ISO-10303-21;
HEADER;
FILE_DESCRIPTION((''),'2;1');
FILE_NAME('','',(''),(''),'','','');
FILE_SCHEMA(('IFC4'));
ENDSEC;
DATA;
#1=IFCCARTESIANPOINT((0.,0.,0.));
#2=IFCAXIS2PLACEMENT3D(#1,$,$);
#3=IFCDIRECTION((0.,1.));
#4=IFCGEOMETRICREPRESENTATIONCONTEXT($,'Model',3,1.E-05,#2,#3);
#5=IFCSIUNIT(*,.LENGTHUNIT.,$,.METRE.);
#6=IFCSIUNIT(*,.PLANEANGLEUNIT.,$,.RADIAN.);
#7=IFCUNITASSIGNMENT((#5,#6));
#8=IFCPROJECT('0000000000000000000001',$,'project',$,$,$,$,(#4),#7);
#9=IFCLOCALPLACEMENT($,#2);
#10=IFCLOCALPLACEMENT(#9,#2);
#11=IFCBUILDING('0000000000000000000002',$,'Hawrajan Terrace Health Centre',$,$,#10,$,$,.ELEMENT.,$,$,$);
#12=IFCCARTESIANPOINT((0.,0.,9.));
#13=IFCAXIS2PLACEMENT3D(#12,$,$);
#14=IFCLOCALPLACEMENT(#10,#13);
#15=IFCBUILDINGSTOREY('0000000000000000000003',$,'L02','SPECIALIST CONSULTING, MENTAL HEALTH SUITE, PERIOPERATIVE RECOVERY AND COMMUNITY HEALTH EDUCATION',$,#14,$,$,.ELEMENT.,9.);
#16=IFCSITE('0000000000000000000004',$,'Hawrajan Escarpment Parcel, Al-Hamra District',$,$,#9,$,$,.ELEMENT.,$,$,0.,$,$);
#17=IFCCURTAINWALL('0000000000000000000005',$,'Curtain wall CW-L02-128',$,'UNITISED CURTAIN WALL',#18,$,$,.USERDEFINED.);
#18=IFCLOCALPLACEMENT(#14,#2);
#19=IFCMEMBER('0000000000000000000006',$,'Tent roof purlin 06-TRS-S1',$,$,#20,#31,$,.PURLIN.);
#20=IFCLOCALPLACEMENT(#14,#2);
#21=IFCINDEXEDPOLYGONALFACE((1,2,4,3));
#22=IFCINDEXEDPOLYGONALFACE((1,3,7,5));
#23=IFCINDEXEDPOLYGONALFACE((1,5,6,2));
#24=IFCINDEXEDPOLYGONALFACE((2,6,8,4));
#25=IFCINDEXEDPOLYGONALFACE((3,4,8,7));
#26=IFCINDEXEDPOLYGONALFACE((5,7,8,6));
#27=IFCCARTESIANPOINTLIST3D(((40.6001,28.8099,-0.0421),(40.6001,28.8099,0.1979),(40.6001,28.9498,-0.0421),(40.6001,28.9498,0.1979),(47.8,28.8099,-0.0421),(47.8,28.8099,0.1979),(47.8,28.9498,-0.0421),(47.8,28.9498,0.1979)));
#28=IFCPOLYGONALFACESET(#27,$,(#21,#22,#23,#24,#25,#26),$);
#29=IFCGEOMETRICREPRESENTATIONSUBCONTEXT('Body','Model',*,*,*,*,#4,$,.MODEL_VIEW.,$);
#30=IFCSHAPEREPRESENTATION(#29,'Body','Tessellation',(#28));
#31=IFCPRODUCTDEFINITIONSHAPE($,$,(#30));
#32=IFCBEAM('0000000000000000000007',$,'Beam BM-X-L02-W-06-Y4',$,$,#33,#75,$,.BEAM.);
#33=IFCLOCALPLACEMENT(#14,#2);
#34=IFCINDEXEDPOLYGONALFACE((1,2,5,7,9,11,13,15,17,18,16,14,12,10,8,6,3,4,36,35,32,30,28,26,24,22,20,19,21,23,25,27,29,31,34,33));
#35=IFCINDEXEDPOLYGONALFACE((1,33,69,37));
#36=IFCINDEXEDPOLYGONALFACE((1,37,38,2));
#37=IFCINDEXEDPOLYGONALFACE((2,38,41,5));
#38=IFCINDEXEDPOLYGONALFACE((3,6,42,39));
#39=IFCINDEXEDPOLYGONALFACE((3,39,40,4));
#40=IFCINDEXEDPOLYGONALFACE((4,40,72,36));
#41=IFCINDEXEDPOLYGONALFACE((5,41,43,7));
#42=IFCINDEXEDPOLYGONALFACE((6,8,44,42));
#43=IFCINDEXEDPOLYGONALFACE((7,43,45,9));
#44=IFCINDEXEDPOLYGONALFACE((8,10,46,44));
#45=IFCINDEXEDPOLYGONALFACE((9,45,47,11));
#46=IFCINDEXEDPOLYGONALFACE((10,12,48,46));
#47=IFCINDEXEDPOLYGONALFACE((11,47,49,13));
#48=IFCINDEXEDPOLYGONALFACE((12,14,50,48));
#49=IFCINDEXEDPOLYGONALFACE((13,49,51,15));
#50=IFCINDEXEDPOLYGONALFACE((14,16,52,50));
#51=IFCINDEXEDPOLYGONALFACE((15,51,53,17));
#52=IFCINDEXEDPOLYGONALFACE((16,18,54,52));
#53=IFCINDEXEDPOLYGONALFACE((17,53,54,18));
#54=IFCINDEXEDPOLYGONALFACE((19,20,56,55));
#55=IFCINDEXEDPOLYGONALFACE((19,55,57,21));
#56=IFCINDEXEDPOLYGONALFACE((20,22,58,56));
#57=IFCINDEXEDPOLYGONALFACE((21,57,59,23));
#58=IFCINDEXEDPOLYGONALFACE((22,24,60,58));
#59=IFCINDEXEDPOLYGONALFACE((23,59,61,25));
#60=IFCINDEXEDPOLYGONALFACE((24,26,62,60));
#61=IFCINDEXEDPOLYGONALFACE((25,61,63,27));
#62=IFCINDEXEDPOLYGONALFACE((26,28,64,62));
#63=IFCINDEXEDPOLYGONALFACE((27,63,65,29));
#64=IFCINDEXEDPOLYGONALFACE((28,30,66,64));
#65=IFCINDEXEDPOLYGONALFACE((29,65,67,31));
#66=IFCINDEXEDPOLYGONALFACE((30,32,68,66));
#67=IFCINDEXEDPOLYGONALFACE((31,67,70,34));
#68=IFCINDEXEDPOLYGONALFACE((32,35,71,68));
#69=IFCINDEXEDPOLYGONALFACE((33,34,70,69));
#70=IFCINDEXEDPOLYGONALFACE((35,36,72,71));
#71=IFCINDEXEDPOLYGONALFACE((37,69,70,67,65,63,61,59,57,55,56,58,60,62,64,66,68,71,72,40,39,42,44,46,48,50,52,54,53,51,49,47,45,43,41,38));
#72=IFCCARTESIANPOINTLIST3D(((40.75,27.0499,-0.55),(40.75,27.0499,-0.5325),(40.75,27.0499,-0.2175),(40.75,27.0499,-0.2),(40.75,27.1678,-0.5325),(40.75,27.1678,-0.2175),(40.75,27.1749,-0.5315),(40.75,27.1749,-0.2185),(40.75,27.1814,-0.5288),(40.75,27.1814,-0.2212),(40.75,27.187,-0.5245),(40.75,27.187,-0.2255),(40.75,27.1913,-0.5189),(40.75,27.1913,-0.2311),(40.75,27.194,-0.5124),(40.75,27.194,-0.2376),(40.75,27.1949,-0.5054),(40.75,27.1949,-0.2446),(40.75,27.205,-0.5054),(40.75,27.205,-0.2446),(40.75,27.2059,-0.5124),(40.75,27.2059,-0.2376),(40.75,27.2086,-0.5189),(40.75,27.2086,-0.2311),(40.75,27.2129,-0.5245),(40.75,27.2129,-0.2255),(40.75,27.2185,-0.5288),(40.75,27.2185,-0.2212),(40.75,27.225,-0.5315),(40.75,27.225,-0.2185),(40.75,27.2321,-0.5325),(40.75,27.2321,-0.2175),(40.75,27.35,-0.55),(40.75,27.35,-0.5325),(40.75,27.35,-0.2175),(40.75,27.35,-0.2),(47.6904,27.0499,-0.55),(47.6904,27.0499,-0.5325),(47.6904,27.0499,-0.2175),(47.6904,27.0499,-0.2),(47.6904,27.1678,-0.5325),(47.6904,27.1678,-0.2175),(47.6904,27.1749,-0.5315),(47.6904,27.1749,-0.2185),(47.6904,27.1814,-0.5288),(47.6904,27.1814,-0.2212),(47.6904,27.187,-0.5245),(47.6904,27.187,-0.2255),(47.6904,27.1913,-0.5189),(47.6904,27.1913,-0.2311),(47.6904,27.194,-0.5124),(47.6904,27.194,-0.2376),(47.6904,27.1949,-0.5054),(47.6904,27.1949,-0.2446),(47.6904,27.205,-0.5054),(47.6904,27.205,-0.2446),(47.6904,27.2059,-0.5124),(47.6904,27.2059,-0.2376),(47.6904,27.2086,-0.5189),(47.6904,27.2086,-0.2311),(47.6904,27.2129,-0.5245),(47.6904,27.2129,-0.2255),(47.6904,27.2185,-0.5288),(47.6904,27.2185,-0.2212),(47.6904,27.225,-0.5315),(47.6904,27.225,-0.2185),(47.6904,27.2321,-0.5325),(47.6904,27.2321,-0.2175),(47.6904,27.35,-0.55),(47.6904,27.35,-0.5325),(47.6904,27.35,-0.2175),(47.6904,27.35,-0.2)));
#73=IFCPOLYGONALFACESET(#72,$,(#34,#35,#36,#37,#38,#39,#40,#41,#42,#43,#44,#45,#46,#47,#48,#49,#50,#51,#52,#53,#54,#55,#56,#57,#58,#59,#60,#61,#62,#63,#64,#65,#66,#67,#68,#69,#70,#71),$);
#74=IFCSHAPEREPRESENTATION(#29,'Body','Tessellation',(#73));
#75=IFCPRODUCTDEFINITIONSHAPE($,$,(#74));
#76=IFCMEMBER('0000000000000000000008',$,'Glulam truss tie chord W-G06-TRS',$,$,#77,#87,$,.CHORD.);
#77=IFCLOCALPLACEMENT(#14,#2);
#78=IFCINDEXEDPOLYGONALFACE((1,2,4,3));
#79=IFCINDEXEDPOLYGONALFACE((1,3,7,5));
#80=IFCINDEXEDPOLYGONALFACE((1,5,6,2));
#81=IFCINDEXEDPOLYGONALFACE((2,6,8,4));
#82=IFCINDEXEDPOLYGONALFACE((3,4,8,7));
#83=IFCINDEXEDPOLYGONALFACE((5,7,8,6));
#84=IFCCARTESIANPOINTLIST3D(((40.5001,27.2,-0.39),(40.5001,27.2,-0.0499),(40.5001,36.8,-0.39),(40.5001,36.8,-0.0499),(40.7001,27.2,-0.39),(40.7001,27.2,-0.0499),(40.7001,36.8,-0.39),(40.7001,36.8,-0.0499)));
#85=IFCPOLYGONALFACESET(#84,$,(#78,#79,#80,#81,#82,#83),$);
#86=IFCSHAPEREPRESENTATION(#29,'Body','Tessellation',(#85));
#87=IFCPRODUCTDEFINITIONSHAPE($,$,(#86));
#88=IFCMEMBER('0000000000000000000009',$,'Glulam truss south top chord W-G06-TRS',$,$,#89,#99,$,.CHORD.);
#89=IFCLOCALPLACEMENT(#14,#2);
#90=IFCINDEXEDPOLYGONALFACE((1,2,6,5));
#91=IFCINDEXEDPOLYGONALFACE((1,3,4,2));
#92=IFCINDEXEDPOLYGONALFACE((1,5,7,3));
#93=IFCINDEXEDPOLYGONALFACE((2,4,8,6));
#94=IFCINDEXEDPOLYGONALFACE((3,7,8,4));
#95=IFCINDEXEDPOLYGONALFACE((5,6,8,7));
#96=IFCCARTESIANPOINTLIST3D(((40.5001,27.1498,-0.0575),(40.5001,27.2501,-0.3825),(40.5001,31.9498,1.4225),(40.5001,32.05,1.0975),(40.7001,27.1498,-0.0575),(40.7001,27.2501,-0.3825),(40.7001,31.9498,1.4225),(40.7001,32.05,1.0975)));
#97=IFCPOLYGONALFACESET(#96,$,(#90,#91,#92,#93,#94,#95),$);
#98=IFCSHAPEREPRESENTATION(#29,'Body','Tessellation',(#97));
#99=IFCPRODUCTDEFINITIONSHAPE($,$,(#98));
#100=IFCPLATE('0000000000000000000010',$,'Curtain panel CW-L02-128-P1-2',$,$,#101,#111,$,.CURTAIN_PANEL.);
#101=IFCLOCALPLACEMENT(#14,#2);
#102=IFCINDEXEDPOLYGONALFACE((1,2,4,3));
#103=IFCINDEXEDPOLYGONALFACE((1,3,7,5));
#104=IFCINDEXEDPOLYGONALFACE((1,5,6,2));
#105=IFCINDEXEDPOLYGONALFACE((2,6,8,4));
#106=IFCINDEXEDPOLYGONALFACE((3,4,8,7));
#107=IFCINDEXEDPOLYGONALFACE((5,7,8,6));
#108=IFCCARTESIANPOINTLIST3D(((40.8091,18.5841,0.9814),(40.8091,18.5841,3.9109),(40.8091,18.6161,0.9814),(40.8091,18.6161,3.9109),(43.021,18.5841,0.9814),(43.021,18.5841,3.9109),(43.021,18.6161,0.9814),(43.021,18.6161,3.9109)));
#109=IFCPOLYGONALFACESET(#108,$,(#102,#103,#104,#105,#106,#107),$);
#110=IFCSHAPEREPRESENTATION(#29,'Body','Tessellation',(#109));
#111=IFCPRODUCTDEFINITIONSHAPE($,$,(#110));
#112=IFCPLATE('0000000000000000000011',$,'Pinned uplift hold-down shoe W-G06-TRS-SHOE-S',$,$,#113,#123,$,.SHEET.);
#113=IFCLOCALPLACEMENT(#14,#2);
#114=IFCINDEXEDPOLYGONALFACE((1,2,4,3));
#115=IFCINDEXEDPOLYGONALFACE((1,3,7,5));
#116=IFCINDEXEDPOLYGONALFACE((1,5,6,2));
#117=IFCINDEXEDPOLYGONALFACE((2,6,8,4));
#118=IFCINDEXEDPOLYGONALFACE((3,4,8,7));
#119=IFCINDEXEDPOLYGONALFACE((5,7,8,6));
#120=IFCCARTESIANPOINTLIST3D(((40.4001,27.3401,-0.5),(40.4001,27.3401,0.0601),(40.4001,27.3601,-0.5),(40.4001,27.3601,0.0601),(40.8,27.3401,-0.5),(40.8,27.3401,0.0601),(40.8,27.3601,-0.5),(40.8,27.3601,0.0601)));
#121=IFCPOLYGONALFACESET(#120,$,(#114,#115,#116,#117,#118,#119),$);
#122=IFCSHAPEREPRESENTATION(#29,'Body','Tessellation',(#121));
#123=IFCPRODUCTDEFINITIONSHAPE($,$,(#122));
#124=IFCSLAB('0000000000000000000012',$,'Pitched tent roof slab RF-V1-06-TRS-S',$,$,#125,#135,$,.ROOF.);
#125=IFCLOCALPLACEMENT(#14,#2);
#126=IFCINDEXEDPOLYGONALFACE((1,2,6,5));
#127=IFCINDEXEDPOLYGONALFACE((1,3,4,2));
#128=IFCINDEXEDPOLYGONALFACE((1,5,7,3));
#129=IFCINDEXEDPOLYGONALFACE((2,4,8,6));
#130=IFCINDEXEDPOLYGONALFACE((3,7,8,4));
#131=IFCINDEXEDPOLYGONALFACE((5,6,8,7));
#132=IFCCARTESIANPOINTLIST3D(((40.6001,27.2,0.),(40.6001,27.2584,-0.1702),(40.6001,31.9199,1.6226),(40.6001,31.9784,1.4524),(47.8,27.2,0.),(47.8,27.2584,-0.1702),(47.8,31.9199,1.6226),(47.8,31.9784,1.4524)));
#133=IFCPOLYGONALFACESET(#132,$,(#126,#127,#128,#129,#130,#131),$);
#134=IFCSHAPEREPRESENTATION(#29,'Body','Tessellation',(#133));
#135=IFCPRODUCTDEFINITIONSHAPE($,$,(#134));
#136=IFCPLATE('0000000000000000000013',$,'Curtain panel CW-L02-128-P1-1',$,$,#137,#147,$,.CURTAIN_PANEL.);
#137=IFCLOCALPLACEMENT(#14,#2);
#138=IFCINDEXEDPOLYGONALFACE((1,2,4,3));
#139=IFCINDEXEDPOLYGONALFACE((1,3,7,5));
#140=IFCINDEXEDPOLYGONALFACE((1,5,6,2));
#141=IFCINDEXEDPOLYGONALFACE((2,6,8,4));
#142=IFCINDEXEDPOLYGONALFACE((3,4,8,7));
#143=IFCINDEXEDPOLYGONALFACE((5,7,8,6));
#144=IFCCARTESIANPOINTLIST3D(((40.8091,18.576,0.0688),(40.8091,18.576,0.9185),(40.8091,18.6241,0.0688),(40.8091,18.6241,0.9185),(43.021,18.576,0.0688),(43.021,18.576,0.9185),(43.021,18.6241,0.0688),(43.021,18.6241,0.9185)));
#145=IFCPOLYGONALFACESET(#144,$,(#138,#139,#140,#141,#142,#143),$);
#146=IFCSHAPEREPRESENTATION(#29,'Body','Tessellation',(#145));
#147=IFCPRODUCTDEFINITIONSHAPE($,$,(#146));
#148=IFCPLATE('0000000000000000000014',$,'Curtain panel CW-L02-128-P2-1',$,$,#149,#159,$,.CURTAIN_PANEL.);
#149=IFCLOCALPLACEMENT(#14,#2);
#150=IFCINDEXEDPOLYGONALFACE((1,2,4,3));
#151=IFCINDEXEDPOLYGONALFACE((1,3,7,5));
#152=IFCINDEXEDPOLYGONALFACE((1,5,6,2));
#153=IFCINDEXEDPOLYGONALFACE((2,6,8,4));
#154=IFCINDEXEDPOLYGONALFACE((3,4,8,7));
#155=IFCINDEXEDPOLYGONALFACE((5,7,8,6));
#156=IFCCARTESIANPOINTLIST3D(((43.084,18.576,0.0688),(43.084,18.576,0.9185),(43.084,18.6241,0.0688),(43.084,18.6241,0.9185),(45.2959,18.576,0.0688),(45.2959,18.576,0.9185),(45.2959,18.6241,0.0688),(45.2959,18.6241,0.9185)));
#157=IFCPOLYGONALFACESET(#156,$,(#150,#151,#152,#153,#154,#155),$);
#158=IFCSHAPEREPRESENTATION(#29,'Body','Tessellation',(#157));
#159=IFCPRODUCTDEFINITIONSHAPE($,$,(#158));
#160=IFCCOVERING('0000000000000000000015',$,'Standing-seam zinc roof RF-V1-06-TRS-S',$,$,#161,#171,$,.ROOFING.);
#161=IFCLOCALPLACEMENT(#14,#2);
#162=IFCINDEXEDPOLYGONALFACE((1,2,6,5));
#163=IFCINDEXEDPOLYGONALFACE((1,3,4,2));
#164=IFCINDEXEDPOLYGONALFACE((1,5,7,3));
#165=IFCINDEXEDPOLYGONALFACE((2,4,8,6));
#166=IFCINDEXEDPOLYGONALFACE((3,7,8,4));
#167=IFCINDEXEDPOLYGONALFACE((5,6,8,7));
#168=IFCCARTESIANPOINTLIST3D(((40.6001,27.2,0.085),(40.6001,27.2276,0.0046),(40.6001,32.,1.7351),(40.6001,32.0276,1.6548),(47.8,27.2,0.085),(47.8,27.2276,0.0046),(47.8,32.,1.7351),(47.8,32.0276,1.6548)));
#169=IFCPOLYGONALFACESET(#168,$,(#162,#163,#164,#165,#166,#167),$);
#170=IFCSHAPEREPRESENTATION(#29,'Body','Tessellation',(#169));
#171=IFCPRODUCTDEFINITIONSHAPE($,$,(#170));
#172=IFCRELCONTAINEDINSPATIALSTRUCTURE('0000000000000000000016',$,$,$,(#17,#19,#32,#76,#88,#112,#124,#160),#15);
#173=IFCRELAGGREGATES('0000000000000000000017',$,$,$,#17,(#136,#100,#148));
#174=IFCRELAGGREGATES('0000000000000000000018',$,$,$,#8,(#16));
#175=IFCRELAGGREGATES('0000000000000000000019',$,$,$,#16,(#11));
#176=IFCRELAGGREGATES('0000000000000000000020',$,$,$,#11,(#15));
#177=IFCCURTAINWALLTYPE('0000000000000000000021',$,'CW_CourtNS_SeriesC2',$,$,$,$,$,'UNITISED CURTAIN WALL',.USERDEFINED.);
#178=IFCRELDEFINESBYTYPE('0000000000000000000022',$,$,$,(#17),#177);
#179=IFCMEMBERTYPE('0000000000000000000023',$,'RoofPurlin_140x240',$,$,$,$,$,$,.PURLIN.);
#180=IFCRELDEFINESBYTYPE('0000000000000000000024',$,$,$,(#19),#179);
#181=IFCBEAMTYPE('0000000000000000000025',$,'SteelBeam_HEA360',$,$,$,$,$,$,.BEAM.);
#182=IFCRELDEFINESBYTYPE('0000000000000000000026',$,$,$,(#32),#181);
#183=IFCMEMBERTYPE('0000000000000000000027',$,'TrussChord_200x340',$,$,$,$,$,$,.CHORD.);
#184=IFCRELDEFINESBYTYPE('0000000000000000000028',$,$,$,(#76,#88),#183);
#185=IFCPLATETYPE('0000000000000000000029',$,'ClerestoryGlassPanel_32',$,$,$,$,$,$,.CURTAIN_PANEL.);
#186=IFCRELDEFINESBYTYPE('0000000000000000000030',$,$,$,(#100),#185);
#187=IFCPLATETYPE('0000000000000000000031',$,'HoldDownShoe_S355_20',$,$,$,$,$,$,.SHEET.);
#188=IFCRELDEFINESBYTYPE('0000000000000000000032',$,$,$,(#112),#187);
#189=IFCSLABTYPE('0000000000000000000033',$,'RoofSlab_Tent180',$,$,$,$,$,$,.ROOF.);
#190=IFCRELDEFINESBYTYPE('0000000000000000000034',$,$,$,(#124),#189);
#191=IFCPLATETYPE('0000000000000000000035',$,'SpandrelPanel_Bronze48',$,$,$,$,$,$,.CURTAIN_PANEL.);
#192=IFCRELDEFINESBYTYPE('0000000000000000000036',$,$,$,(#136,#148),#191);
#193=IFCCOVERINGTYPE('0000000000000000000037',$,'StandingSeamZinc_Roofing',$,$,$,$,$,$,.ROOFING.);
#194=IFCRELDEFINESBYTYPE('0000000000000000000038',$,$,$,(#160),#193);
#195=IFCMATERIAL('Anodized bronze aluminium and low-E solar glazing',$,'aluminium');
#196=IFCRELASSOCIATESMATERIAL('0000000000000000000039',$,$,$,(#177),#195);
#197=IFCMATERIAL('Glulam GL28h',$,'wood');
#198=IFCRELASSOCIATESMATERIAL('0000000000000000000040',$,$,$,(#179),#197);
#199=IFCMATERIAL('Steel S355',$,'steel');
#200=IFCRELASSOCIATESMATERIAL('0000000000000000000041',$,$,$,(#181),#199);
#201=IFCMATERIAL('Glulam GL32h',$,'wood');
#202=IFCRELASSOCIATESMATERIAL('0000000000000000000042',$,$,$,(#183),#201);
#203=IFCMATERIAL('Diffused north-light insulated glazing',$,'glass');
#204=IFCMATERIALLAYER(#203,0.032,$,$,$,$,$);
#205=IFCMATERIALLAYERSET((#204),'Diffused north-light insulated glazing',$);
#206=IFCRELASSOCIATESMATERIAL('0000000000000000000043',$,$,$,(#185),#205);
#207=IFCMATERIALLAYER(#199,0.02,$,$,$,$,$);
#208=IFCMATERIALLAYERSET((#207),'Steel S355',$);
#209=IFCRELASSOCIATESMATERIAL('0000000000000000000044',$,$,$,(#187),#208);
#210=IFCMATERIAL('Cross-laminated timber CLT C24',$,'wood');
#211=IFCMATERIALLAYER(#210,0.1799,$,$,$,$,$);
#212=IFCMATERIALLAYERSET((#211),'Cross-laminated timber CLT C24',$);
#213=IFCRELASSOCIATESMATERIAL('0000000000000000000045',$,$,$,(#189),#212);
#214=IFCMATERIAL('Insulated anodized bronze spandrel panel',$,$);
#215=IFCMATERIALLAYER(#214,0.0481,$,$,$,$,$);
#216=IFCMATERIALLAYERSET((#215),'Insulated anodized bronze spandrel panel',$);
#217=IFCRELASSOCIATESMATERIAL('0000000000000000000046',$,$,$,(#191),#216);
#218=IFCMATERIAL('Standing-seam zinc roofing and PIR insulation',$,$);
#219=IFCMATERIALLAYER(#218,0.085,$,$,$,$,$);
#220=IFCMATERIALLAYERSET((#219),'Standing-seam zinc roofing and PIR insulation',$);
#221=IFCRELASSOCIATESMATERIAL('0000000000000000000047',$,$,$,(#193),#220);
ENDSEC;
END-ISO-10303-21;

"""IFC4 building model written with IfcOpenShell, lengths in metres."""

from ifc_helpers import new_model, si_unit, direction, frame, origin, origin_2d, place, context, subcontext, project, spatial, polyline, rectangle, i_section, outline, extrude, material, layer, layer_set, material_profile, profile_set, type_object, element, aggregate, save


model = new_model("IFC4")

# Units and contexts
model_context = context("Model", 3, precision=1e-05, world=origin(), true_north=direction((0.0, 1.0)))
body_context = subcontext(model_context, "Body", "Model", "MODEL_VIEW")
ifc_project = project(units=[si_unit("LENGTHUNIT", "METRE"), si_unit("PLANEANGLEUNIT", "RADIAN")], contexts=[model_context])

# Site, building, storey
site_placement = place(None, origin())
site = spatial("IfcSite", under=ifc_project, at=site_placement, Name="Hawrajan Escarpment Parcel, Al-Hamra District", CompositionType="ELEMENT", RefElevation=0.0)
building_placement = place(site_placement, origin())
building = spatial("IfcBuilding", under=site, at=building_placement, Name="Hawrajan Terrace Health Centre", CompositionType="ELEMENT")
storey_placement = place(building_placement, frame((0.0, 0.0, 9.0)))
storey = spatial("IfcBuildingStorey", under=building, at=storey_placement, Name="L02", Description="SPECIALIST CONSULTING, MENTAL HEALTH SUITE, PERIOPERATIVE RECOVERY AND COMMUNITY HEALTH EDUCATION", CompositionType="ELEMENT", Elevation=9.0)

# Shared definitions
ifc_material_1 = material(Name="Glulam GL32h", Category="wood")

# Shared definitions
ifc_material_2 = material(Name="Anodized bronze aluminium and low-E solar glazing", Category="aluminium")

# Curtain wall
curtain_wall_type_1 = type_object("IfcCurtainWallType", Name="CW_CourtNS_SeriesC2", ElementType="UNITISED CURTAIN WALL", PredefinedType="USERDEFINED", material=ifc_material_2)
curtain_wall_1_placement = place(storey_placement, origin())
curtain_wall_1 = element("IfcCurtainWall", 1, at=curtain_wall_1_placement, inside=storey, type_object=curtain_wall_type_1, Name="Curtain wall CW-L02-128", ObjectType="UNITISED CURTAIN WALL", PredefinedType="USERDEFINED")

# Member
ifc_material_3 = material(Name="Glulam GL28h", Category="wood")
ifc_material_profile_1 = material_profile(ifc_material_3, rectangle(XDim=0.1399, YDim=0.24, at=origin_2d()), Name="GL PUR 140x240")
ifc_profile_set_1 = profile_set([ifc_material_profile_1], Name="Glulam GL28h")
member_type_1 = type_object("IfcMemberType", Name="RoofPurlin_140x240", PredefinedType="PURLIN", material=ifc_profile_set_1)
member_1_placement = place(storey_placement, frame((40.6001, 28.8799, 0.0779), z_axis=(1.0, 0.0, 0.0), x_axis=(0.0, 1.0, 0.0)))
element("IfcMember", 2, at=member_1_placement, inside=storey, type_object=member_type_1, Name="Tent roof purlin 06-TRS-S1", PredefinedType="PURLIN", context=body_context, shape_type="SweptSolid", body=[
    extrude(rectangle(XDim=0.1399, YDim=0.24, at=origin_2d()), origin(), (0.0, 0.0, 1.0), 7.2),
])

# Beam
ifc_material_4 = material(Name="Steel S355", Category="steel")
ifc_material_profile_2 = material_profile(ifc_material_4, i_section(OverallWidth=0.3, OverallDepth=0.3501, WebThickness=0.01, FlangeThickness=0.0176, FilletRadius=0.0271, at=origin_2d()), Name="HEA 360")
ifc_profile_set_2 = profile_set([ifc_material_profile_2], Name="Steel S355")
beam_type_1 = type_object("IfcBeamType", Name="SteelBeam_HEA360", PredefinedType="BEAM", material=ifc_profile_set_2)
beam_1_placement = place(storey_placement, frame((40.75, 27.2, -0.375), z_axis=(1.0, 0.0, 0.0), x_axis=(0.0, 1.0, 0.0)))
element("IfcBeam", 3, at=beam_1_placement, inside=storey, type_object=beam_type_1, Name="Beam BM-X-L02-W-06-Y4", PredefinedType="BEAM", context=body_context, shape_type="SweptSolid", body=[
    extrude(i_section(OverallWidth=0.3, OverallDepth=0.3501, WebThickness=0.01, FlangeThickness=0.0176, FilletRadius=0.0271, at=origin_2d()), origin(), (0.0, 0.0, 1.0), 6.9404),
])

# Members
ifc_material_profile_3 = material_profile(ifc_material_1, rectangle(XDim=0.2, YDim=0.3401, at=origin_2d()), Name="GL CHD 200x340")
ifc_profile_set_3 = profile_set([ifc_material_profile_3], Name="Glulam GL32h")
member_type_2 = type_object("IfcMemberType", Name="TrussChord_200x340", PredefinedType="CHORD", material=ifc_profile_set_3)
member_2_placement = place(storey_placement, frame((40.6001, 27.2, -0.22), z_axis=(0.0, 1.0, 0.0), x_axis=(-1.0, 0.0, 0.0)))
element("IfcMember", 4, at=member_2_placement, inside=storey, type_object=member_type_2, Name="Glulam truss tie chord W-G06-TRS", PredefinedType="CHORD", context=body_context, shape_type="SweptSolid", body=[
    extrude(rectangle(XDim=0.2, YDim=0.3401, at=origin_2d()), origin(), (0.0, 0.0, 1.0), 9.6001),
])
member_3_placement = place(storey_placement, frame((40.6001, 27.2, -0.22), z_axis=(0.0, 0.955609, 0.294639), x_axis=(-1.0, 0.0, 0.0)))
element("IfcMember", 5, at=member_3_placement, inside=storey, type_object=member_type_2, Name="Glulam truss south top chord W-G06-TRS", PredefinedType="CHORD", context=body_context, shape_type="SweptSolid", body=[
    extrude(rectangle(XDim=0.2, YDim=0.3401, at=origin_2d()), origin(), (0.0, 0.0, 1.0), 5.0229),
])

# Plates
ifc_material_5 = material(Name="Diffused north-light insulated glazing", Category="glass")
ifc_layer_1 = layer(ifc_material_5, 0.032)
ifc_layer_set_1 = layer_set([ifc_layer_1], Name="Diffused north-light insulated glazing")
plate_type_1 = type_object("IfcPlateType", Name="ClerestoryGlassPanel_32", PredefinedType="CURTAIN_PANEL", material=ifc_layer_set_1)
plate_1_placement = place(storey_placement, frame((41.915, 18.6001, 0.9814), z_axis=(0.0, 0.0, 1.0), x_axis=(1.0, 0.0, 0.0)))
plate_1 = element("IfcPlate", 6, at=plate_1_placement, type_object=plate_type_1, Name="Curtain panel CW-L02-128-P1-2", PredefinedType="CURTAIN_PANEL", context=body_context, shape_type="SweptSolid", body=[
    extrude(rectangle(XDim=2.2119, YDim=0.032, at=origin_2d()), origin(), (0.0, 0.0, 1.0), 2.9294),
])
ifc_layer_2 = layer(ifc_material_4, 0.02)
ifc_layer_set_2 = layer_set([ifc_layer_2], Name="Steel S355")
plate_type_2 = type_object("IfcPlateType", Name="HoldDownShoe_S355_20", PredefinedType="SHEET", material=ifc_layer_set_2)
plate_2_placement = place(storey_placement, frame((40.6001, 27.3501, -0.5), z_axis=(0.0, 0.0, 1.0), x_axis=(1.0, 0.0, 0.0)))
element("IfcPlate", 7, at=plate_2_placement, inside=storey, type_object=plate_type_2, Name="Pinned uplift hold-down shoe W-G06-TRS-SHOE-S", PredefinedType="SHEET", context=body_context, shape_type="SweptSolid", body=[
    extrude(rectangle(XDim=0.3999, YDim=0.02, at=origin_2d()), origin(), (0.0, 0.0, 1.0), 0.5601),
])

# Slab
ifc_material_6 = material(Name="Cross-laminated timber CLT C24", Category="wood")
ifc_layer_3 = layer(ifc_material_6, 0.1799)
ifc_layer_set_3 = layer_set([ifc_layer_3], Name="Cross-laminated timber CLT C24")
slab_type = type_object("IfcSlabType", Name="RoofSlab_Tent180", PredefinedType="ROOF", material=ifc_layer_set_3)
slab_placement = place(storey_placement, frame((40.6001, 27.2, 0.0), z_axis=(0.0, -0.325092, 0.945682), x_axis=(1.0, 0.0, 0.0)))
element("IfcSlab", 8, at=slab_placement, inside=storey, type_object=slab_type, Name="Pitched tent roof slab RF-V1-06-TRS-S", PredefinedType="ROOF", context=body_context, shape_type="SweptSolid", body=[
    extrude(outline(polyline([(0.0, 0.0), (7.2, 0.0), (7.2, 4.9911), (0.0, 4.9911), (0.0, 0.0)])), origin(), (0.0, 0.0, -1.0), 0.1799),
])

# Plates
ifc_material_7 = material(Name="Insulated anodized bronze spandrel panel")
ifc_layer_4 = layer(ifc_material_7, 0.0481)
ifc_layer_set_4 = layer_set([ifc_layer_4], Name="Insulated anodized bronze spandrel panel")
plate_type_3 = type_object("IfcPlateType", Name="SpandrelPanel_Bronze48", PredefinedType="CURTAIN_PANEL", material=ifc_layer_set_4)
plate_3_placement = place(storey_placement, frame((41.915, 18.6001, 0.0688), z_axis=(0.0, 0.0, 1.0), x_axis=(1.0, 0.0, 0.0)))
plate_3 = element("IfcPlate", 9, at=plate_3_placement, type_object=plate_type_3, Name="Curtain panel CW-L02-128-P1-1", PredefinedType="CURTAIN_PANEL", context=body_context, shape_type="SweptSolid", body=[
    extrude(rectangle(XDim=2.2119, YDim=0.0481, at=origin_2d()), origin(), (0.0, 0.0, 1.0), 0.8496),
])
plate_4_placement = place(storey_placement, frame((44.1899, 18.6001, 0.0688), z_axis=(0.0, 0.0, 1.0), x_axis=(1.0, 0.0, 0.0)))
plate_4 = element("IfcPlate", 10, at=plate_4_placement, type_object=plate_type_3, Name="Curtain panel CW-L02-128-P2-1", PredefinedType="CURTAIN_PANEL", context=body_context, shape_type="SweptSolid", body=[
    extrude(rectangle(XDim=2.2119, YDim=0.0481, at=origin_2d()), origin(), (0.0, 0.0, 1.0), 0.8496),
])
aggregate(curtain_wall_1, [plate_3, plate_1, plate_4])

# Covering
ifc_material_8 = material(Name="Standing-seam zinc roofing and PIR insulation")
ifc_layer_5 = layer(ifc_material_8, 0.085)
ifc_layer_set_5 = layer_set([ifc_layer_5], Name="Standing-seam zinc roofing and PIR insulation")
covering_type = type_object("IfcCoveringType", Name="StandingSeamZinc_Roofing", PredefinedType="ROOFING", material=ifc_layer_set_5)
covering_placement = place(storey_placement, frame((40.6001, 27.2, 0.085), z_axis=(0.0, -0.325103, 0.945679), x_axis=(1.0, 0.0, 0.0)))
element("IfcCovering", 11, at=covering_placement, inside=storey, type_object=covering_type, Name="Standing-seam zinc roof RF-V1-06-TRS-S", PredefinedType="ROOFING", context=body_context, shape_type="SweptSolid", body=[
    extrude(outline(polyline([(0.0, 0.0), (7.2, 0.0), (7.2, 5.0758), (0.0, 5.0758), (0.0, 0.0)])), origin(), (0.0, 0.0, -1.0), 0.085),
])

save(model, "model.ifc")
